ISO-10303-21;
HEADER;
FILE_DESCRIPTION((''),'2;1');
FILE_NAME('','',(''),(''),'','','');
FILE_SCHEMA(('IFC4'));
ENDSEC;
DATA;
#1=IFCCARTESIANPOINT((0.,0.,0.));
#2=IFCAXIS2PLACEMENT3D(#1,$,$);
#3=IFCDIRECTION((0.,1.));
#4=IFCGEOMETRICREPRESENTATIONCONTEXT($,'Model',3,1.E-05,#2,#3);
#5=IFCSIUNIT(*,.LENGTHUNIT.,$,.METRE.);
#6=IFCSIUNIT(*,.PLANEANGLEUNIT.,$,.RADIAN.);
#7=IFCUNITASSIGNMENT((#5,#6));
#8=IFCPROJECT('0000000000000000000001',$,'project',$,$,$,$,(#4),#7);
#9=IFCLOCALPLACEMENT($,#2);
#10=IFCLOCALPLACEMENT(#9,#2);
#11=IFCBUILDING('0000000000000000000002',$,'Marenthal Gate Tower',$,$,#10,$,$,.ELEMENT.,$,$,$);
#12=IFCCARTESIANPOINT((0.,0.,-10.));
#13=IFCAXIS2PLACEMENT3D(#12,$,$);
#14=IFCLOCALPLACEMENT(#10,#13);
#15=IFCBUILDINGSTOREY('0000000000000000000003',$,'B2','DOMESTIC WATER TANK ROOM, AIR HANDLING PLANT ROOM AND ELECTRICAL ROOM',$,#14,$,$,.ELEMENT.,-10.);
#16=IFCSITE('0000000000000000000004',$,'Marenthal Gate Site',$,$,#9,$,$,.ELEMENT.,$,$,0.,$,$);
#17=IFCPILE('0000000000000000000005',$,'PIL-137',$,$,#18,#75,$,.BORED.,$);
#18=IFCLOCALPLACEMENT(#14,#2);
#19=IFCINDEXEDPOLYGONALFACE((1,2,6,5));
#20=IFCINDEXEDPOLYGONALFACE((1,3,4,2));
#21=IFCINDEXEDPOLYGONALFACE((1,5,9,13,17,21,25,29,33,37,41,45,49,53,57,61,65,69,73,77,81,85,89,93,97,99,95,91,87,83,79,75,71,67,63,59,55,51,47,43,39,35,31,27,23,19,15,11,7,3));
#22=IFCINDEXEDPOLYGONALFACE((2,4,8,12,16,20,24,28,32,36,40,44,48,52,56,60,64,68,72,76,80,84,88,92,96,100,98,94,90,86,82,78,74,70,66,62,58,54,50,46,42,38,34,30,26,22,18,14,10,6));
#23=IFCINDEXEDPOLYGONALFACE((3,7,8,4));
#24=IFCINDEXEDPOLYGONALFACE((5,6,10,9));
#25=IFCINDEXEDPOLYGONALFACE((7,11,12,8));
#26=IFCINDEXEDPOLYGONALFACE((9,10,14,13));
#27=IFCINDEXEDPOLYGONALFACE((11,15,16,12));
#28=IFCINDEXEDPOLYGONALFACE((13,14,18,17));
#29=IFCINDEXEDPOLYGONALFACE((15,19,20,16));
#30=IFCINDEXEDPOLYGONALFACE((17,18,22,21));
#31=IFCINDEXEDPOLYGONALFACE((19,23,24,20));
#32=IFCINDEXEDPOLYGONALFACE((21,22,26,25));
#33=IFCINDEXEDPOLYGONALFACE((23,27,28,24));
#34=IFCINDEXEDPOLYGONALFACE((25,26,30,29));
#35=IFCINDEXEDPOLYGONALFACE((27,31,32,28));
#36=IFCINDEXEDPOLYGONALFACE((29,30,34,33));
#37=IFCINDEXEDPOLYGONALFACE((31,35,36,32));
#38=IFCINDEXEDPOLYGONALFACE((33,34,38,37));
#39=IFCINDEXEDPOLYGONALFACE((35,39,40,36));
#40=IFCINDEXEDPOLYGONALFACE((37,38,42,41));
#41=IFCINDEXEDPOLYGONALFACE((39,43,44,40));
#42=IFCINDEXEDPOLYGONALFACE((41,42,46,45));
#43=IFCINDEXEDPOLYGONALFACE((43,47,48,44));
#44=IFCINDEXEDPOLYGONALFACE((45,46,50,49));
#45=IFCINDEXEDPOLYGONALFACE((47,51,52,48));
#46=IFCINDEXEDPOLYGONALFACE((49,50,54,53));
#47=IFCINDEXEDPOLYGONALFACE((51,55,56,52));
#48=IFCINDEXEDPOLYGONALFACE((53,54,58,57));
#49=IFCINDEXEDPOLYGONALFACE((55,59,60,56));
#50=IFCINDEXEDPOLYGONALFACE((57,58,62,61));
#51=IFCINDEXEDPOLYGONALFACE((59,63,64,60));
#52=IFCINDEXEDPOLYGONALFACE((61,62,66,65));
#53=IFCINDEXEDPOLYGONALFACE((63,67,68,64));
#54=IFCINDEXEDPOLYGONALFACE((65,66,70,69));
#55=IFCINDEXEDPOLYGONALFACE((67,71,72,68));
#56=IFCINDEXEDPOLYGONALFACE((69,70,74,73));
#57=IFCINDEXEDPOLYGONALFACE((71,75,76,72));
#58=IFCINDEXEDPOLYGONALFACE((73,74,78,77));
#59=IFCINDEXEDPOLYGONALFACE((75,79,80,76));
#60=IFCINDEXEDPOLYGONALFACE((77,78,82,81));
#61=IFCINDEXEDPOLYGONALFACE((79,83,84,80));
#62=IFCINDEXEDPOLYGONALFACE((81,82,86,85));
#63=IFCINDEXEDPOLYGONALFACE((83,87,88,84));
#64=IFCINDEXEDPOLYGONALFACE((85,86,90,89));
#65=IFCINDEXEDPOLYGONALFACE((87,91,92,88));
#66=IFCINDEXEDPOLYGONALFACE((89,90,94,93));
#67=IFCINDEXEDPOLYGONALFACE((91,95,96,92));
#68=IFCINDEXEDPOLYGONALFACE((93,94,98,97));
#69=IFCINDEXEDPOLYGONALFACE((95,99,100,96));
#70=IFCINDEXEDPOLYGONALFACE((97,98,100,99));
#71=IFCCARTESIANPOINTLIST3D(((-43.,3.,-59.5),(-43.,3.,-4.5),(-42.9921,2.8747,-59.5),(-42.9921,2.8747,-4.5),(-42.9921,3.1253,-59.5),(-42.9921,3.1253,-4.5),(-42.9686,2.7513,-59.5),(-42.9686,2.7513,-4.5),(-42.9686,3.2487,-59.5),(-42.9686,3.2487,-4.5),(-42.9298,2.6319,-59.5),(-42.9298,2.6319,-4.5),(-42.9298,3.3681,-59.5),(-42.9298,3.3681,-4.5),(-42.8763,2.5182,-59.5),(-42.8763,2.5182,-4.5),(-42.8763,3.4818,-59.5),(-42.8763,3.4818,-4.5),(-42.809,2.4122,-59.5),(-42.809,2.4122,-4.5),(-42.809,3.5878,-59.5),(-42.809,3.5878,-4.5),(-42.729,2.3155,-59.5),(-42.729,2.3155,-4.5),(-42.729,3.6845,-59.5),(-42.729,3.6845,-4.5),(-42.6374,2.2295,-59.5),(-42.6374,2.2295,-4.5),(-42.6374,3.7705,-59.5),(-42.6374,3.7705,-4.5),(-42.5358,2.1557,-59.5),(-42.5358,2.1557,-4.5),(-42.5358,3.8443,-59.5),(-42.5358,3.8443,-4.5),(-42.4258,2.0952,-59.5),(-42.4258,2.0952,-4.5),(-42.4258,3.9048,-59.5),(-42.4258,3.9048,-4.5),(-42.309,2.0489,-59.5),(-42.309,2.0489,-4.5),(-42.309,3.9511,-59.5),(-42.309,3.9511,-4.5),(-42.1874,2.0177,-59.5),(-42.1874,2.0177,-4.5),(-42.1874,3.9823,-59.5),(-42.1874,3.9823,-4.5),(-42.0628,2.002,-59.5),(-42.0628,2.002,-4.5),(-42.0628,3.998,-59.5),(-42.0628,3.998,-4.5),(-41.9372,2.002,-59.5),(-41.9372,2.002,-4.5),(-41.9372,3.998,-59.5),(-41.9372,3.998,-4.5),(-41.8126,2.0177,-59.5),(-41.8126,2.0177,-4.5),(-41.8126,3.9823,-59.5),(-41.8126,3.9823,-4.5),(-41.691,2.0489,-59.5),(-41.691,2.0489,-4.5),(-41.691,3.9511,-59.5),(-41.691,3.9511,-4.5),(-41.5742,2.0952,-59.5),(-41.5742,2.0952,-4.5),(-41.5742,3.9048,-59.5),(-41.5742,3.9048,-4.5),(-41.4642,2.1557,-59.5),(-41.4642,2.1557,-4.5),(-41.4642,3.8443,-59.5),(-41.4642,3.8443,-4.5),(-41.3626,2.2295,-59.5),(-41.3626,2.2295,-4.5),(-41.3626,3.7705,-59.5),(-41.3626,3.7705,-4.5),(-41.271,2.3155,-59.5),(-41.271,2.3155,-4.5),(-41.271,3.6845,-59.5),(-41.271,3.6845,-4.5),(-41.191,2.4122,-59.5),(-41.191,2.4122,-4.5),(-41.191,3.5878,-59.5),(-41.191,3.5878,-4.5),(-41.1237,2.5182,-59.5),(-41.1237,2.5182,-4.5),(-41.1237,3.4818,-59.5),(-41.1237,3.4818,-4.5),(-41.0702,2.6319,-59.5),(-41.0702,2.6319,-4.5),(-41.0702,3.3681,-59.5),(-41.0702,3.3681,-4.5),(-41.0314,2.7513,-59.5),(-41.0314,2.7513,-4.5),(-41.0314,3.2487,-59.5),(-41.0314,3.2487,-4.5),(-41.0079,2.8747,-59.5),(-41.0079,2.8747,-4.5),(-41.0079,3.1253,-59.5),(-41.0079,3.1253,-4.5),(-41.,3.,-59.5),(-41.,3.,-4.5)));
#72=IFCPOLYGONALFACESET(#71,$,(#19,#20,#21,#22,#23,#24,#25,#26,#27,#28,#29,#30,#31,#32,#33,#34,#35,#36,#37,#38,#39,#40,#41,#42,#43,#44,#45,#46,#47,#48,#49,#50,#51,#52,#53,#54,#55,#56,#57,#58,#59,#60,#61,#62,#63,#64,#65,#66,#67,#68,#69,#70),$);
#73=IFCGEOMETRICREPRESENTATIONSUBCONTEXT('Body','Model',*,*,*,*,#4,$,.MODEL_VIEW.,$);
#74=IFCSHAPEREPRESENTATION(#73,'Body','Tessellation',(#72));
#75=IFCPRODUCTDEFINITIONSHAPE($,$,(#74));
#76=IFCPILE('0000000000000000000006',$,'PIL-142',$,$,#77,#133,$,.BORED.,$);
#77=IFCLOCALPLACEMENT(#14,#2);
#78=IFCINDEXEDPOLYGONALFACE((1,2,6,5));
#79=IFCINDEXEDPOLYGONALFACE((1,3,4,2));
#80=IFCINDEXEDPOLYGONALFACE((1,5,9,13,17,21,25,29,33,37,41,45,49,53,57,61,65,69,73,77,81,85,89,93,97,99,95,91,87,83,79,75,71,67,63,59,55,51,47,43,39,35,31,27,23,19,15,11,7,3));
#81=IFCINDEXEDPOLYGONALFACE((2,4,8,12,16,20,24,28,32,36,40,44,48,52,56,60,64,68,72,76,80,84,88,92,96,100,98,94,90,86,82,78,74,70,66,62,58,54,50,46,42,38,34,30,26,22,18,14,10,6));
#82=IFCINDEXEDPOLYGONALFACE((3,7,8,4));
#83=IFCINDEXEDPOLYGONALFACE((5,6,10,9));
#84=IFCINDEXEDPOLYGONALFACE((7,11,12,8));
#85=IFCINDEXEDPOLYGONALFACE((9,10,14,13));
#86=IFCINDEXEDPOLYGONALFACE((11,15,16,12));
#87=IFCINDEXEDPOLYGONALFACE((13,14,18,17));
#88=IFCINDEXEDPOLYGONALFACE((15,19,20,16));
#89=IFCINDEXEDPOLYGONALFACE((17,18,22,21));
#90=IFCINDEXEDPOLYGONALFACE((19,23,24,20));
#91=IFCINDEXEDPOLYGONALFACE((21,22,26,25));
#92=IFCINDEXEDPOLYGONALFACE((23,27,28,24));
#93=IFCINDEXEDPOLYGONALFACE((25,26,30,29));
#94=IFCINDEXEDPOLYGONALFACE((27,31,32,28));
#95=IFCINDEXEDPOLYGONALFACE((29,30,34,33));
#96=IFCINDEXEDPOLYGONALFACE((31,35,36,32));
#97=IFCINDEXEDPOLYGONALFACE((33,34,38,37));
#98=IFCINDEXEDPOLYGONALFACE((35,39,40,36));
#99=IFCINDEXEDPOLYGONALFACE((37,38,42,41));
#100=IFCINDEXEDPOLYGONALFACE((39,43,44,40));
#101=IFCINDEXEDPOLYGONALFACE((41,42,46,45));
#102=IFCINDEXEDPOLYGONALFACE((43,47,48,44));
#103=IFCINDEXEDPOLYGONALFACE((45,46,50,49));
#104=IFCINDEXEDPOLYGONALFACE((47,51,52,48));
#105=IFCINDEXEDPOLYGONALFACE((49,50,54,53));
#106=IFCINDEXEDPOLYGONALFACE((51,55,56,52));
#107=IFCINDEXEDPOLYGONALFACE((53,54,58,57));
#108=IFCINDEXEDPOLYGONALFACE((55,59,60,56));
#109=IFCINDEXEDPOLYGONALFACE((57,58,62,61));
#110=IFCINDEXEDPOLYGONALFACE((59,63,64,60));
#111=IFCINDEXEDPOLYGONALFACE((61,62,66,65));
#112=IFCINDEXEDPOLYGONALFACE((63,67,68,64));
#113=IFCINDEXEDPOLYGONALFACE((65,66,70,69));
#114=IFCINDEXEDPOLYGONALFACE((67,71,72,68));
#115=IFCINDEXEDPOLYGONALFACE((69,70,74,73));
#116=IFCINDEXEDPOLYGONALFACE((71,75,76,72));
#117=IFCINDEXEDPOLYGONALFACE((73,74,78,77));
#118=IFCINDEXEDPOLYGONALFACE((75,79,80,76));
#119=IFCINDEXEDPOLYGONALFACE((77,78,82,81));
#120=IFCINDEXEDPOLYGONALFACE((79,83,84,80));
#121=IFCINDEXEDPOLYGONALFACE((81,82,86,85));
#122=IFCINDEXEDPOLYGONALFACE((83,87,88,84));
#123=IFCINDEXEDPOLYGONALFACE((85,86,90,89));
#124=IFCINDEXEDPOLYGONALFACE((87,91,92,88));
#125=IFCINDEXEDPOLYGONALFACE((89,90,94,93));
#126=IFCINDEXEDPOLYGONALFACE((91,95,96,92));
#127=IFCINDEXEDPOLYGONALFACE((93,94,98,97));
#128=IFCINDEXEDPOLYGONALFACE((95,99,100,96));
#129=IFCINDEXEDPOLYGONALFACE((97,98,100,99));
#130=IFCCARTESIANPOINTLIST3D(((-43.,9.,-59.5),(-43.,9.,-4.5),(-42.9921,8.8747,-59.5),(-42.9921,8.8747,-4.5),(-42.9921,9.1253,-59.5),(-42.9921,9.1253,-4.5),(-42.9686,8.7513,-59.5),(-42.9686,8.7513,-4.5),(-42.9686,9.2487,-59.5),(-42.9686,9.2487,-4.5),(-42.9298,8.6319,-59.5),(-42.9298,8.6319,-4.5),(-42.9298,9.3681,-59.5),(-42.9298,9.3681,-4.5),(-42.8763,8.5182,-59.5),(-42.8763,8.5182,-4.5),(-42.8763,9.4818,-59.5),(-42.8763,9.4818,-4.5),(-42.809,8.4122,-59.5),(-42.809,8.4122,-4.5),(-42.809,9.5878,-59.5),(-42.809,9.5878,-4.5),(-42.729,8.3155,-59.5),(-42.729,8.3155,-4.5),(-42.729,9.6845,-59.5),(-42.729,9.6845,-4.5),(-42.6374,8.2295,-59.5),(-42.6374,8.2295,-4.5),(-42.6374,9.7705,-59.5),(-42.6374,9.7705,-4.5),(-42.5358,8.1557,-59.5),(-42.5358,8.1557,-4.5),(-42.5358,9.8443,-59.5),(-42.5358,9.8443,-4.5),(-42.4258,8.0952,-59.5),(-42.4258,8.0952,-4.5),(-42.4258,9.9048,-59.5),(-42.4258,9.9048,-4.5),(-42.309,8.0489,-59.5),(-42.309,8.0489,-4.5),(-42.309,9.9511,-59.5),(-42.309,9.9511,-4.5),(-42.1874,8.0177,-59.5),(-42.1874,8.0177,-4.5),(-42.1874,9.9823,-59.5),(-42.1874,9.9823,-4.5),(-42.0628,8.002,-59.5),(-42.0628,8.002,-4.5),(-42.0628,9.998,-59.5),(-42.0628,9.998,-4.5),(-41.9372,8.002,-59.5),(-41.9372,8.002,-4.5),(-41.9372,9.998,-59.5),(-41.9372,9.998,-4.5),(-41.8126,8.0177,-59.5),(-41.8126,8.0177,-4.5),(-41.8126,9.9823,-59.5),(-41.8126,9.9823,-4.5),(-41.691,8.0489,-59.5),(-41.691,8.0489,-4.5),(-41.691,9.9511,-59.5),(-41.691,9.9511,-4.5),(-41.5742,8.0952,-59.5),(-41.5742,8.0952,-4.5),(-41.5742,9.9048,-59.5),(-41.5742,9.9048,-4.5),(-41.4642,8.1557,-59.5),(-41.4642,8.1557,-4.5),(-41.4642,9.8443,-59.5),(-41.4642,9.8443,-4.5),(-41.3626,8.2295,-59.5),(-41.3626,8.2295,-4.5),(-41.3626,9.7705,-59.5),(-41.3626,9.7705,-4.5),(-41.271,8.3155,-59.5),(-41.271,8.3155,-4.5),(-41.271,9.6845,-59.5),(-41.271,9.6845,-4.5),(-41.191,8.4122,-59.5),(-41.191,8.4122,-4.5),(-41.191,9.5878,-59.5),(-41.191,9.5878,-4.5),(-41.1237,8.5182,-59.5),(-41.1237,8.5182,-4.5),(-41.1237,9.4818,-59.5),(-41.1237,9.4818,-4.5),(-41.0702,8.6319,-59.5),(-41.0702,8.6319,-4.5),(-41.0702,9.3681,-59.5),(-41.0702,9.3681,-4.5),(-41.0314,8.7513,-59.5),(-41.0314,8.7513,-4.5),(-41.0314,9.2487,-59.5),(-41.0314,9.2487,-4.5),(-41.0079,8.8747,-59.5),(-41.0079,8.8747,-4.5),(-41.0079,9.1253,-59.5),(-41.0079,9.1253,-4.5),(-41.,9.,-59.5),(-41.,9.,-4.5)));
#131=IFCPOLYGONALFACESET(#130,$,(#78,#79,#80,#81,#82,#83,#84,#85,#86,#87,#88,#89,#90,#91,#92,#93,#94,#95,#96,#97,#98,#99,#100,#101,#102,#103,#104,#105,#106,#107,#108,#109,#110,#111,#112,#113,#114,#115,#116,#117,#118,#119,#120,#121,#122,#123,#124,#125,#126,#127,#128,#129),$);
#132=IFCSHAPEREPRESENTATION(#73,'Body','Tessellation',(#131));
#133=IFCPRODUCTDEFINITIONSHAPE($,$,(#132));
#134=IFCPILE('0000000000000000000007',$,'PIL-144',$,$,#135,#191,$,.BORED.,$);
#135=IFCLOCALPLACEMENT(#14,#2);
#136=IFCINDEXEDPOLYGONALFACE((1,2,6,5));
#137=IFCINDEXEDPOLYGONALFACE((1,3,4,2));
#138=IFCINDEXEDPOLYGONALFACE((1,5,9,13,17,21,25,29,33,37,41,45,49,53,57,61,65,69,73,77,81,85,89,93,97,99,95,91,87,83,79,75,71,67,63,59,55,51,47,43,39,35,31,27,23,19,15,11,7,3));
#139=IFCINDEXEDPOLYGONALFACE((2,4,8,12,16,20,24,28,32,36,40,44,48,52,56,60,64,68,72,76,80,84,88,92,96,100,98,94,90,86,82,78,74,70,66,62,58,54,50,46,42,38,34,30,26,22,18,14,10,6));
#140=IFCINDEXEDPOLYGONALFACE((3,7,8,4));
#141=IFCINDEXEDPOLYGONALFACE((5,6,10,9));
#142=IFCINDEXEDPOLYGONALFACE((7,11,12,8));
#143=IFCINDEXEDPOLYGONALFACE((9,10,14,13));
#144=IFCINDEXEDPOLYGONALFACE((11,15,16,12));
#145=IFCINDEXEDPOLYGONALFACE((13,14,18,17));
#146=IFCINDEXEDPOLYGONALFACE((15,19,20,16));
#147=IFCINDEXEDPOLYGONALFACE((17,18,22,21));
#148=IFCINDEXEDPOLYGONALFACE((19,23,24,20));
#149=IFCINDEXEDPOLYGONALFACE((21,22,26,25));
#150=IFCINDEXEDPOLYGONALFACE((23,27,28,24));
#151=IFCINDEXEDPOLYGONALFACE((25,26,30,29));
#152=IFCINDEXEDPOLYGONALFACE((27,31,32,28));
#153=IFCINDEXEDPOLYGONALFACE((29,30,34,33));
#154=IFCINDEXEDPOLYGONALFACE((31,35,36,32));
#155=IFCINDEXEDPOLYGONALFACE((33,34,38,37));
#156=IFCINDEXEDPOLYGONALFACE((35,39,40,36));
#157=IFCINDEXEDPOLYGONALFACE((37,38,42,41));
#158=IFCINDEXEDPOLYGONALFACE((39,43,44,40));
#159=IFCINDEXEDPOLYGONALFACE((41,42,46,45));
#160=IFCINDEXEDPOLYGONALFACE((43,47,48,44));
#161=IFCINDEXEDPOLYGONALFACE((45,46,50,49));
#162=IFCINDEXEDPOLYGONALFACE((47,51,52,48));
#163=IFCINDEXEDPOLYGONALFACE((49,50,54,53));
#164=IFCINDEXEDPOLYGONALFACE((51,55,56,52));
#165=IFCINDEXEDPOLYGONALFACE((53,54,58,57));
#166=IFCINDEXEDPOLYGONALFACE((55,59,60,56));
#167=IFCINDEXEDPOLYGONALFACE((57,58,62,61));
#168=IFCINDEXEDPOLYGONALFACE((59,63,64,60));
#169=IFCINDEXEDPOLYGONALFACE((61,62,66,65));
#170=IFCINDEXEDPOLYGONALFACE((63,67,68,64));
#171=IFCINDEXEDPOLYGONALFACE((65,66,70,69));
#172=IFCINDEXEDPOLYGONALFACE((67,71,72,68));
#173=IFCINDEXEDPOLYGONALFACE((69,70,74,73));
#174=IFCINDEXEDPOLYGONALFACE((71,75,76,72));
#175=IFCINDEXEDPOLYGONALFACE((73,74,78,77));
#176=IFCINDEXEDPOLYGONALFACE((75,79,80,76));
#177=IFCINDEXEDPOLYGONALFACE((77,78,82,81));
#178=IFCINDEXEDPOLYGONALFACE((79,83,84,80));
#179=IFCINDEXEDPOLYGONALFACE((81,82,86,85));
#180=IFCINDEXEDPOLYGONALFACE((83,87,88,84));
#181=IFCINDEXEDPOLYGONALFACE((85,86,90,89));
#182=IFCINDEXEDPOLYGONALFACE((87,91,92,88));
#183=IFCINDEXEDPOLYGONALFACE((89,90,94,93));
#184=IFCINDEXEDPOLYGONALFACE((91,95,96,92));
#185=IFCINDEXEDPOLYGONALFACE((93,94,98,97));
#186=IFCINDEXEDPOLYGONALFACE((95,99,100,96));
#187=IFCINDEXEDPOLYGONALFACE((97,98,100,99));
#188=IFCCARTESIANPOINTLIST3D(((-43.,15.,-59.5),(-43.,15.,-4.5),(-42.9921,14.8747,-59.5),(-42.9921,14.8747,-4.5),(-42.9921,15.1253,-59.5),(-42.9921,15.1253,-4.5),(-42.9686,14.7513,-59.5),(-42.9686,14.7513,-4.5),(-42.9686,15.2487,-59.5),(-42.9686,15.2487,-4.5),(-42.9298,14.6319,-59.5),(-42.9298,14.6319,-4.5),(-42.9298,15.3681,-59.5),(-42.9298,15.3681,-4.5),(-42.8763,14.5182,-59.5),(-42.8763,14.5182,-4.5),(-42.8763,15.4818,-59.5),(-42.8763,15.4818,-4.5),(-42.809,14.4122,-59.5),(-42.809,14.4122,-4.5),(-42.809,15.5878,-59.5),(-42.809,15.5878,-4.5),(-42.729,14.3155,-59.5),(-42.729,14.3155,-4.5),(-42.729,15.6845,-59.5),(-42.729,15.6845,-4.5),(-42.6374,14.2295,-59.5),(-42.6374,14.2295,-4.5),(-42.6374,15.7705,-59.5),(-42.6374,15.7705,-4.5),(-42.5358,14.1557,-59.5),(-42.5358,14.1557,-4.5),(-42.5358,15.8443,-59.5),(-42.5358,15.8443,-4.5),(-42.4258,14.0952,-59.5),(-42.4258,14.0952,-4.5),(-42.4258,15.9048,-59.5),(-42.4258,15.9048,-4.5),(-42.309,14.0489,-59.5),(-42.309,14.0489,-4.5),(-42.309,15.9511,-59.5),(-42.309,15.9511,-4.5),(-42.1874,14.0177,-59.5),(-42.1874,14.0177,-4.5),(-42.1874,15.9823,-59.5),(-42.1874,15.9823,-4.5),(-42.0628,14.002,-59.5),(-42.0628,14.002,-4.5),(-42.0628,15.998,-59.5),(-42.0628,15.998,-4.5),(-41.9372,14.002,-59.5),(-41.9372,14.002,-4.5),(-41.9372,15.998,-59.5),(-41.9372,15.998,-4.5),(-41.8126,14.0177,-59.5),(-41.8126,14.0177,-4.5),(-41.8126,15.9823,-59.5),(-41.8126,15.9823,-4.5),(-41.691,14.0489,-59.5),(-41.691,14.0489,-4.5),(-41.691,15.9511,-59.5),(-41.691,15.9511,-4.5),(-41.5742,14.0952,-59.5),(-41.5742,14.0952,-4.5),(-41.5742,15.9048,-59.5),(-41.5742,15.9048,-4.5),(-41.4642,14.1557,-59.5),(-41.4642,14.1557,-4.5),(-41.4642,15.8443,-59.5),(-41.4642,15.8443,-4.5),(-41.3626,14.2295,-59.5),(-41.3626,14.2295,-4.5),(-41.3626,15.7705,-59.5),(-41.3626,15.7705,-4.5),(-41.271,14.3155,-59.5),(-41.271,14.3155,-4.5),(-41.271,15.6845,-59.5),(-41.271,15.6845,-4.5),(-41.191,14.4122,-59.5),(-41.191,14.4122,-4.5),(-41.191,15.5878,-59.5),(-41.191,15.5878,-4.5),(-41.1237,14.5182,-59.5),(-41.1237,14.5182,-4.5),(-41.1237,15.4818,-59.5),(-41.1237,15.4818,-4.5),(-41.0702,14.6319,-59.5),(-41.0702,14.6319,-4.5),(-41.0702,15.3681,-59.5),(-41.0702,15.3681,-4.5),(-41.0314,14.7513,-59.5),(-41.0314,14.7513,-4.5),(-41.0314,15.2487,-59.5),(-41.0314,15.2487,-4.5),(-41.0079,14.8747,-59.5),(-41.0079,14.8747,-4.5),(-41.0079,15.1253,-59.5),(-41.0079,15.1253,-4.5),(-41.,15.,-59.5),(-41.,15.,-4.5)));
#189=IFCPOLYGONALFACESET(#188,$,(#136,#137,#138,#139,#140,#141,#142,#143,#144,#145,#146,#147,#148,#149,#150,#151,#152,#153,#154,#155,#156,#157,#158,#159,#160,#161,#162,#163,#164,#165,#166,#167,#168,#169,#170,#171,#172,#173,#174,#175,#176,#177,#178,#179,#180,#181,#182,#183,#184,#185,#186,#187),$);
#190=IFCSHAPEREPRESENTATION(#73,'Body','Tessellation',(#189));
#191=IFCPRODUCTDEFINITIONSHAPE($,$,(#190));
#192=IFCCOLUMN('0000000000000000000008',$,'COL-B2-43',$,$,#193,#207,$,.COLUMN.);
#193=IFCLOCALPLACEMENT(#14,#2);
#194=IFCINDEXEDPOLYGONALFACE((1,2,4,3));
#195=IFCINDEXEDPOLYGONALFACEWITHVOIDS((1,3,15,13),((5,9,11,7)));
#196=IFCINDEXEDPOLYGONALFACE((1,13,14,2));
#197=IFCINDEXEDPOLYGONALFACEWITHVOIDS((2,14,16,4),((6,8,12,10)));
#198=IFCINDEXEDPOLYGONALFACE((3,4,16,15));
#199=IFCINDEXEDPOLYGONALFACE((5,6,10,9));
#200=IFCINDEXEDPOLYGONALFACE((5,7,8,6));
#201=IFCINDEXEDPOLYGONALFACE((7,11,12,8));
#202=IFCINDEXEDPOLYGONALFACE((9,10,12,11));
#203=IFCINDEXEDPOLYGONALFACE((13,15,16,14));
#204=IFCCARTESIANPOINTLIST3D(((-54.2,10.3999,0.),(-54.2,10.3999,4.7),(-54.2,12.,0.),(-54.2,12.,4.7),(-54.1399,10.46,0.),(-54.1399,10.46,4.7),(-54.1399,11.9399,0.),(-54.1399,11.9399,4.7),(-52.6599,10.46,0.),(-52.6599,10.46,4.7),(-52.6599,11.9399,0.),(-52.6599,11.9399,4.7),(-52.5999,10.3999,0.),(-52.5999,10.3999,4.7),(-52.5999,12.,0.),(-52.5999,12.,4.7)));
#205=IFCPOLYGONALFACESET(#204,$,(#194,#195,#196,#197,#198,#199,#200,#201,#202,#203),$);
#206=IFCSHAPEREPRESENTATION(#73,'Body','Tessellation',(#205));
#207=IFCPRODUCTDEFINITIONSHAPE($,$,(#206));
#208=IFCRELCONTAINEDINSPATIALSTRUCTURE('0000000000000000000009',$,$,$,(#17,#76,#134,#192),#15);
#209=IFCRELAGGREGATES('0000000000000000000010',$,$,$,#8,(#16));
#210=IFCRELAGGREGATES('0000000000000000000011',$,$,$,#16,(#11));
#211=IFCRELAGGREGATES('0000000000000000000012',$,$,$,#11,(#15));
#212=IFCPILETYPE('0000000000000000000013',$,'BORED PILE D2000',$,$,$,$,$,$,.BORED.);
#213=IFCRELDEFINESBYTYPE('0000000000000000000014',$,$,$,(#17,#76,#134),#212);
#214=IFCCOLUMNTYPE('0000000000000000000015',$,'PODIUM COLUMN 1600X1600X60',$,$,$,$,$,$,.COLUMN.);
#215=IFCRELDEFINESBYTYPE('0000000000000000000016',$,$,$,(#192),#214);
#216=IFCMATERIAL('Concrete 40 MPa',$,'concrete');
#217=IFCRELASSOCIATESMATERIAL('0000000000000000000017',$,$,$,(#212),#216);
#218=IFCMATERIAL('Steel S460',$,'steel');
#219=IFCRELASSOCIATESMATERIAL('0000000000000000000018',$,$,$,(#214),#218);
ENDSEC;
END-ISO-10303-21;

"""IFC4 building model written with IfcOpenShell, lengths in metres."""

from ifc_helpers import new_model, si_unit, direction, frame, origin, origin_2d, place, context, subcontext, project, spatial, rectangle, hollow_rectangle, circle, extrude, material, material_profile, profile_set, type_object, element, save


model = new_model("IFC4")

# Units and contexts
model_context = context("Model", 3, precision=1e-05, world=origin(), true_north=direction((0.0, 1.0)))
body_context = subcontext(model_context, "Body", "Model", "MODEL_VIEW")
ifc_project = project(units=[si_unit("LENGTHUNIT", "METRE"), si_unit("PLANEANGLEUNIT", "RADIAN")], contexts=[model_context])

# Site, building, storey
site_placement = place(None, origin())
site = spatial("IfcSite", under=ifc_project, at=site_placement, Name="Marenthal Gate Site", CompositionType="ELEMENT", RefElevation=0.0)
building_placement = place(site_placement, origin())
building = spatial("IfcBuilding", under=site, at=building_placement, Name="Marenthal Gate Tower", CompositionType="ELEMENT")
storey_placement = place(building_placement, frame((0.0, 0.0, -10.0)))
storey = spatial("IfcBuildingStorey", under=building, at=storey_placement, Name="B2", Description="DOMESTIC WATER TANK ROOM, AIR HANDLING PLANT ROOM AND ELECTRICAL ROOM", CompositionType="ELEMENT", Elevation=-10.0)

# Piles
ifc_material_1 = material(Name="Concrete 40 MPa", Category="concrete")
pile_type = type_object("IfcPileType", Name="BORED PILE D2000", PredefinedType="BORED", material=ifc_material_1)
for number, where, z_axis, x_axis, name in (
    (1, (-42.0, 3.0, -4.5), (0.0, 0.0, -1.0), (1.0, 0.0, 0.0), "PIL-137"),
    (2, (-42.0, 9.0, -4.5), (0.0, 0.0, -1.0), (1.0, 0.0, 0.0), "PIL-142"),
    (3, (-42.0, 15.0, -4.5), (0.0, 0.0, -1.0), (1.0, 0.0, 0.0), "PIL-144"),
):
    element("IfcPile", number, at=place(storey_placement, frame(where, z_axis=z_axis, x_axis=x_axis)), inside=storey, type_object=pile_type, Name=name, PredefinedType="BORED", context=body_context, shape_type="SweptSolid", body=[
        extrude(circle(Radius=1.0, at=origin_2d()), origin(), (0.0, 0.0, 1.0), 55.0),
    ])

# Column
ifc_material_2 = material(Name="Steel S460", Category="steel")
ifc_material_profile_1 = material_profile(ifc_material_2, hollow_rectangle(XDim=1.6001, YDim=1.6001, WallThickness=0.0601, at=origin_2d()), Name="CFT BOX 1600X1600X60")
ifc_material_3 = material(Name="Concrete 70 MPa", Category="concrete")
ifc_material_profile_2 = material_profile(ifc_material_3, rectangle(XDim=1.48, YDim=1.48, at=origin_2d()), Name="CFT BOX 1600X1600X60 INFILL")
ifc_profile_set = profile_set([ifc_material_profile_1, ifc_material_profile_2], Name="Steel S460 shell, Concrete 70 MPa infill")
column_type = type_object("IfcColumnType", Name="PODIUM COLUMN 1600X1600X60", PredefinedType="COLUMN", material=ifc_profile_set)
for number, where, z_axis, x_axis, name in (
    (4, (-53.3999, 11.2, 0.0), (0.0, 0.0, 1.0), (1.0, 0.0, 0.0), "COL-B2-43"),
):
    element("IfcColumn", number, at=place(storey_placement, frame(where, z_axis=z_axis, x_axis=x_axis)), inside=storey, type_object=column_type, Name=name, PredefinedType="COLUMN", context=body_context, shape_type="SweptSolid", body=[
        extrude(hollow_rectangle(XDim=1.6001, YDim=1.6001, WallThickness=0.0601, at=origin_2d()), origin(), (0.0, 0.0, 1.0), 4.7),
    ])

save(model, "model.ifc")
